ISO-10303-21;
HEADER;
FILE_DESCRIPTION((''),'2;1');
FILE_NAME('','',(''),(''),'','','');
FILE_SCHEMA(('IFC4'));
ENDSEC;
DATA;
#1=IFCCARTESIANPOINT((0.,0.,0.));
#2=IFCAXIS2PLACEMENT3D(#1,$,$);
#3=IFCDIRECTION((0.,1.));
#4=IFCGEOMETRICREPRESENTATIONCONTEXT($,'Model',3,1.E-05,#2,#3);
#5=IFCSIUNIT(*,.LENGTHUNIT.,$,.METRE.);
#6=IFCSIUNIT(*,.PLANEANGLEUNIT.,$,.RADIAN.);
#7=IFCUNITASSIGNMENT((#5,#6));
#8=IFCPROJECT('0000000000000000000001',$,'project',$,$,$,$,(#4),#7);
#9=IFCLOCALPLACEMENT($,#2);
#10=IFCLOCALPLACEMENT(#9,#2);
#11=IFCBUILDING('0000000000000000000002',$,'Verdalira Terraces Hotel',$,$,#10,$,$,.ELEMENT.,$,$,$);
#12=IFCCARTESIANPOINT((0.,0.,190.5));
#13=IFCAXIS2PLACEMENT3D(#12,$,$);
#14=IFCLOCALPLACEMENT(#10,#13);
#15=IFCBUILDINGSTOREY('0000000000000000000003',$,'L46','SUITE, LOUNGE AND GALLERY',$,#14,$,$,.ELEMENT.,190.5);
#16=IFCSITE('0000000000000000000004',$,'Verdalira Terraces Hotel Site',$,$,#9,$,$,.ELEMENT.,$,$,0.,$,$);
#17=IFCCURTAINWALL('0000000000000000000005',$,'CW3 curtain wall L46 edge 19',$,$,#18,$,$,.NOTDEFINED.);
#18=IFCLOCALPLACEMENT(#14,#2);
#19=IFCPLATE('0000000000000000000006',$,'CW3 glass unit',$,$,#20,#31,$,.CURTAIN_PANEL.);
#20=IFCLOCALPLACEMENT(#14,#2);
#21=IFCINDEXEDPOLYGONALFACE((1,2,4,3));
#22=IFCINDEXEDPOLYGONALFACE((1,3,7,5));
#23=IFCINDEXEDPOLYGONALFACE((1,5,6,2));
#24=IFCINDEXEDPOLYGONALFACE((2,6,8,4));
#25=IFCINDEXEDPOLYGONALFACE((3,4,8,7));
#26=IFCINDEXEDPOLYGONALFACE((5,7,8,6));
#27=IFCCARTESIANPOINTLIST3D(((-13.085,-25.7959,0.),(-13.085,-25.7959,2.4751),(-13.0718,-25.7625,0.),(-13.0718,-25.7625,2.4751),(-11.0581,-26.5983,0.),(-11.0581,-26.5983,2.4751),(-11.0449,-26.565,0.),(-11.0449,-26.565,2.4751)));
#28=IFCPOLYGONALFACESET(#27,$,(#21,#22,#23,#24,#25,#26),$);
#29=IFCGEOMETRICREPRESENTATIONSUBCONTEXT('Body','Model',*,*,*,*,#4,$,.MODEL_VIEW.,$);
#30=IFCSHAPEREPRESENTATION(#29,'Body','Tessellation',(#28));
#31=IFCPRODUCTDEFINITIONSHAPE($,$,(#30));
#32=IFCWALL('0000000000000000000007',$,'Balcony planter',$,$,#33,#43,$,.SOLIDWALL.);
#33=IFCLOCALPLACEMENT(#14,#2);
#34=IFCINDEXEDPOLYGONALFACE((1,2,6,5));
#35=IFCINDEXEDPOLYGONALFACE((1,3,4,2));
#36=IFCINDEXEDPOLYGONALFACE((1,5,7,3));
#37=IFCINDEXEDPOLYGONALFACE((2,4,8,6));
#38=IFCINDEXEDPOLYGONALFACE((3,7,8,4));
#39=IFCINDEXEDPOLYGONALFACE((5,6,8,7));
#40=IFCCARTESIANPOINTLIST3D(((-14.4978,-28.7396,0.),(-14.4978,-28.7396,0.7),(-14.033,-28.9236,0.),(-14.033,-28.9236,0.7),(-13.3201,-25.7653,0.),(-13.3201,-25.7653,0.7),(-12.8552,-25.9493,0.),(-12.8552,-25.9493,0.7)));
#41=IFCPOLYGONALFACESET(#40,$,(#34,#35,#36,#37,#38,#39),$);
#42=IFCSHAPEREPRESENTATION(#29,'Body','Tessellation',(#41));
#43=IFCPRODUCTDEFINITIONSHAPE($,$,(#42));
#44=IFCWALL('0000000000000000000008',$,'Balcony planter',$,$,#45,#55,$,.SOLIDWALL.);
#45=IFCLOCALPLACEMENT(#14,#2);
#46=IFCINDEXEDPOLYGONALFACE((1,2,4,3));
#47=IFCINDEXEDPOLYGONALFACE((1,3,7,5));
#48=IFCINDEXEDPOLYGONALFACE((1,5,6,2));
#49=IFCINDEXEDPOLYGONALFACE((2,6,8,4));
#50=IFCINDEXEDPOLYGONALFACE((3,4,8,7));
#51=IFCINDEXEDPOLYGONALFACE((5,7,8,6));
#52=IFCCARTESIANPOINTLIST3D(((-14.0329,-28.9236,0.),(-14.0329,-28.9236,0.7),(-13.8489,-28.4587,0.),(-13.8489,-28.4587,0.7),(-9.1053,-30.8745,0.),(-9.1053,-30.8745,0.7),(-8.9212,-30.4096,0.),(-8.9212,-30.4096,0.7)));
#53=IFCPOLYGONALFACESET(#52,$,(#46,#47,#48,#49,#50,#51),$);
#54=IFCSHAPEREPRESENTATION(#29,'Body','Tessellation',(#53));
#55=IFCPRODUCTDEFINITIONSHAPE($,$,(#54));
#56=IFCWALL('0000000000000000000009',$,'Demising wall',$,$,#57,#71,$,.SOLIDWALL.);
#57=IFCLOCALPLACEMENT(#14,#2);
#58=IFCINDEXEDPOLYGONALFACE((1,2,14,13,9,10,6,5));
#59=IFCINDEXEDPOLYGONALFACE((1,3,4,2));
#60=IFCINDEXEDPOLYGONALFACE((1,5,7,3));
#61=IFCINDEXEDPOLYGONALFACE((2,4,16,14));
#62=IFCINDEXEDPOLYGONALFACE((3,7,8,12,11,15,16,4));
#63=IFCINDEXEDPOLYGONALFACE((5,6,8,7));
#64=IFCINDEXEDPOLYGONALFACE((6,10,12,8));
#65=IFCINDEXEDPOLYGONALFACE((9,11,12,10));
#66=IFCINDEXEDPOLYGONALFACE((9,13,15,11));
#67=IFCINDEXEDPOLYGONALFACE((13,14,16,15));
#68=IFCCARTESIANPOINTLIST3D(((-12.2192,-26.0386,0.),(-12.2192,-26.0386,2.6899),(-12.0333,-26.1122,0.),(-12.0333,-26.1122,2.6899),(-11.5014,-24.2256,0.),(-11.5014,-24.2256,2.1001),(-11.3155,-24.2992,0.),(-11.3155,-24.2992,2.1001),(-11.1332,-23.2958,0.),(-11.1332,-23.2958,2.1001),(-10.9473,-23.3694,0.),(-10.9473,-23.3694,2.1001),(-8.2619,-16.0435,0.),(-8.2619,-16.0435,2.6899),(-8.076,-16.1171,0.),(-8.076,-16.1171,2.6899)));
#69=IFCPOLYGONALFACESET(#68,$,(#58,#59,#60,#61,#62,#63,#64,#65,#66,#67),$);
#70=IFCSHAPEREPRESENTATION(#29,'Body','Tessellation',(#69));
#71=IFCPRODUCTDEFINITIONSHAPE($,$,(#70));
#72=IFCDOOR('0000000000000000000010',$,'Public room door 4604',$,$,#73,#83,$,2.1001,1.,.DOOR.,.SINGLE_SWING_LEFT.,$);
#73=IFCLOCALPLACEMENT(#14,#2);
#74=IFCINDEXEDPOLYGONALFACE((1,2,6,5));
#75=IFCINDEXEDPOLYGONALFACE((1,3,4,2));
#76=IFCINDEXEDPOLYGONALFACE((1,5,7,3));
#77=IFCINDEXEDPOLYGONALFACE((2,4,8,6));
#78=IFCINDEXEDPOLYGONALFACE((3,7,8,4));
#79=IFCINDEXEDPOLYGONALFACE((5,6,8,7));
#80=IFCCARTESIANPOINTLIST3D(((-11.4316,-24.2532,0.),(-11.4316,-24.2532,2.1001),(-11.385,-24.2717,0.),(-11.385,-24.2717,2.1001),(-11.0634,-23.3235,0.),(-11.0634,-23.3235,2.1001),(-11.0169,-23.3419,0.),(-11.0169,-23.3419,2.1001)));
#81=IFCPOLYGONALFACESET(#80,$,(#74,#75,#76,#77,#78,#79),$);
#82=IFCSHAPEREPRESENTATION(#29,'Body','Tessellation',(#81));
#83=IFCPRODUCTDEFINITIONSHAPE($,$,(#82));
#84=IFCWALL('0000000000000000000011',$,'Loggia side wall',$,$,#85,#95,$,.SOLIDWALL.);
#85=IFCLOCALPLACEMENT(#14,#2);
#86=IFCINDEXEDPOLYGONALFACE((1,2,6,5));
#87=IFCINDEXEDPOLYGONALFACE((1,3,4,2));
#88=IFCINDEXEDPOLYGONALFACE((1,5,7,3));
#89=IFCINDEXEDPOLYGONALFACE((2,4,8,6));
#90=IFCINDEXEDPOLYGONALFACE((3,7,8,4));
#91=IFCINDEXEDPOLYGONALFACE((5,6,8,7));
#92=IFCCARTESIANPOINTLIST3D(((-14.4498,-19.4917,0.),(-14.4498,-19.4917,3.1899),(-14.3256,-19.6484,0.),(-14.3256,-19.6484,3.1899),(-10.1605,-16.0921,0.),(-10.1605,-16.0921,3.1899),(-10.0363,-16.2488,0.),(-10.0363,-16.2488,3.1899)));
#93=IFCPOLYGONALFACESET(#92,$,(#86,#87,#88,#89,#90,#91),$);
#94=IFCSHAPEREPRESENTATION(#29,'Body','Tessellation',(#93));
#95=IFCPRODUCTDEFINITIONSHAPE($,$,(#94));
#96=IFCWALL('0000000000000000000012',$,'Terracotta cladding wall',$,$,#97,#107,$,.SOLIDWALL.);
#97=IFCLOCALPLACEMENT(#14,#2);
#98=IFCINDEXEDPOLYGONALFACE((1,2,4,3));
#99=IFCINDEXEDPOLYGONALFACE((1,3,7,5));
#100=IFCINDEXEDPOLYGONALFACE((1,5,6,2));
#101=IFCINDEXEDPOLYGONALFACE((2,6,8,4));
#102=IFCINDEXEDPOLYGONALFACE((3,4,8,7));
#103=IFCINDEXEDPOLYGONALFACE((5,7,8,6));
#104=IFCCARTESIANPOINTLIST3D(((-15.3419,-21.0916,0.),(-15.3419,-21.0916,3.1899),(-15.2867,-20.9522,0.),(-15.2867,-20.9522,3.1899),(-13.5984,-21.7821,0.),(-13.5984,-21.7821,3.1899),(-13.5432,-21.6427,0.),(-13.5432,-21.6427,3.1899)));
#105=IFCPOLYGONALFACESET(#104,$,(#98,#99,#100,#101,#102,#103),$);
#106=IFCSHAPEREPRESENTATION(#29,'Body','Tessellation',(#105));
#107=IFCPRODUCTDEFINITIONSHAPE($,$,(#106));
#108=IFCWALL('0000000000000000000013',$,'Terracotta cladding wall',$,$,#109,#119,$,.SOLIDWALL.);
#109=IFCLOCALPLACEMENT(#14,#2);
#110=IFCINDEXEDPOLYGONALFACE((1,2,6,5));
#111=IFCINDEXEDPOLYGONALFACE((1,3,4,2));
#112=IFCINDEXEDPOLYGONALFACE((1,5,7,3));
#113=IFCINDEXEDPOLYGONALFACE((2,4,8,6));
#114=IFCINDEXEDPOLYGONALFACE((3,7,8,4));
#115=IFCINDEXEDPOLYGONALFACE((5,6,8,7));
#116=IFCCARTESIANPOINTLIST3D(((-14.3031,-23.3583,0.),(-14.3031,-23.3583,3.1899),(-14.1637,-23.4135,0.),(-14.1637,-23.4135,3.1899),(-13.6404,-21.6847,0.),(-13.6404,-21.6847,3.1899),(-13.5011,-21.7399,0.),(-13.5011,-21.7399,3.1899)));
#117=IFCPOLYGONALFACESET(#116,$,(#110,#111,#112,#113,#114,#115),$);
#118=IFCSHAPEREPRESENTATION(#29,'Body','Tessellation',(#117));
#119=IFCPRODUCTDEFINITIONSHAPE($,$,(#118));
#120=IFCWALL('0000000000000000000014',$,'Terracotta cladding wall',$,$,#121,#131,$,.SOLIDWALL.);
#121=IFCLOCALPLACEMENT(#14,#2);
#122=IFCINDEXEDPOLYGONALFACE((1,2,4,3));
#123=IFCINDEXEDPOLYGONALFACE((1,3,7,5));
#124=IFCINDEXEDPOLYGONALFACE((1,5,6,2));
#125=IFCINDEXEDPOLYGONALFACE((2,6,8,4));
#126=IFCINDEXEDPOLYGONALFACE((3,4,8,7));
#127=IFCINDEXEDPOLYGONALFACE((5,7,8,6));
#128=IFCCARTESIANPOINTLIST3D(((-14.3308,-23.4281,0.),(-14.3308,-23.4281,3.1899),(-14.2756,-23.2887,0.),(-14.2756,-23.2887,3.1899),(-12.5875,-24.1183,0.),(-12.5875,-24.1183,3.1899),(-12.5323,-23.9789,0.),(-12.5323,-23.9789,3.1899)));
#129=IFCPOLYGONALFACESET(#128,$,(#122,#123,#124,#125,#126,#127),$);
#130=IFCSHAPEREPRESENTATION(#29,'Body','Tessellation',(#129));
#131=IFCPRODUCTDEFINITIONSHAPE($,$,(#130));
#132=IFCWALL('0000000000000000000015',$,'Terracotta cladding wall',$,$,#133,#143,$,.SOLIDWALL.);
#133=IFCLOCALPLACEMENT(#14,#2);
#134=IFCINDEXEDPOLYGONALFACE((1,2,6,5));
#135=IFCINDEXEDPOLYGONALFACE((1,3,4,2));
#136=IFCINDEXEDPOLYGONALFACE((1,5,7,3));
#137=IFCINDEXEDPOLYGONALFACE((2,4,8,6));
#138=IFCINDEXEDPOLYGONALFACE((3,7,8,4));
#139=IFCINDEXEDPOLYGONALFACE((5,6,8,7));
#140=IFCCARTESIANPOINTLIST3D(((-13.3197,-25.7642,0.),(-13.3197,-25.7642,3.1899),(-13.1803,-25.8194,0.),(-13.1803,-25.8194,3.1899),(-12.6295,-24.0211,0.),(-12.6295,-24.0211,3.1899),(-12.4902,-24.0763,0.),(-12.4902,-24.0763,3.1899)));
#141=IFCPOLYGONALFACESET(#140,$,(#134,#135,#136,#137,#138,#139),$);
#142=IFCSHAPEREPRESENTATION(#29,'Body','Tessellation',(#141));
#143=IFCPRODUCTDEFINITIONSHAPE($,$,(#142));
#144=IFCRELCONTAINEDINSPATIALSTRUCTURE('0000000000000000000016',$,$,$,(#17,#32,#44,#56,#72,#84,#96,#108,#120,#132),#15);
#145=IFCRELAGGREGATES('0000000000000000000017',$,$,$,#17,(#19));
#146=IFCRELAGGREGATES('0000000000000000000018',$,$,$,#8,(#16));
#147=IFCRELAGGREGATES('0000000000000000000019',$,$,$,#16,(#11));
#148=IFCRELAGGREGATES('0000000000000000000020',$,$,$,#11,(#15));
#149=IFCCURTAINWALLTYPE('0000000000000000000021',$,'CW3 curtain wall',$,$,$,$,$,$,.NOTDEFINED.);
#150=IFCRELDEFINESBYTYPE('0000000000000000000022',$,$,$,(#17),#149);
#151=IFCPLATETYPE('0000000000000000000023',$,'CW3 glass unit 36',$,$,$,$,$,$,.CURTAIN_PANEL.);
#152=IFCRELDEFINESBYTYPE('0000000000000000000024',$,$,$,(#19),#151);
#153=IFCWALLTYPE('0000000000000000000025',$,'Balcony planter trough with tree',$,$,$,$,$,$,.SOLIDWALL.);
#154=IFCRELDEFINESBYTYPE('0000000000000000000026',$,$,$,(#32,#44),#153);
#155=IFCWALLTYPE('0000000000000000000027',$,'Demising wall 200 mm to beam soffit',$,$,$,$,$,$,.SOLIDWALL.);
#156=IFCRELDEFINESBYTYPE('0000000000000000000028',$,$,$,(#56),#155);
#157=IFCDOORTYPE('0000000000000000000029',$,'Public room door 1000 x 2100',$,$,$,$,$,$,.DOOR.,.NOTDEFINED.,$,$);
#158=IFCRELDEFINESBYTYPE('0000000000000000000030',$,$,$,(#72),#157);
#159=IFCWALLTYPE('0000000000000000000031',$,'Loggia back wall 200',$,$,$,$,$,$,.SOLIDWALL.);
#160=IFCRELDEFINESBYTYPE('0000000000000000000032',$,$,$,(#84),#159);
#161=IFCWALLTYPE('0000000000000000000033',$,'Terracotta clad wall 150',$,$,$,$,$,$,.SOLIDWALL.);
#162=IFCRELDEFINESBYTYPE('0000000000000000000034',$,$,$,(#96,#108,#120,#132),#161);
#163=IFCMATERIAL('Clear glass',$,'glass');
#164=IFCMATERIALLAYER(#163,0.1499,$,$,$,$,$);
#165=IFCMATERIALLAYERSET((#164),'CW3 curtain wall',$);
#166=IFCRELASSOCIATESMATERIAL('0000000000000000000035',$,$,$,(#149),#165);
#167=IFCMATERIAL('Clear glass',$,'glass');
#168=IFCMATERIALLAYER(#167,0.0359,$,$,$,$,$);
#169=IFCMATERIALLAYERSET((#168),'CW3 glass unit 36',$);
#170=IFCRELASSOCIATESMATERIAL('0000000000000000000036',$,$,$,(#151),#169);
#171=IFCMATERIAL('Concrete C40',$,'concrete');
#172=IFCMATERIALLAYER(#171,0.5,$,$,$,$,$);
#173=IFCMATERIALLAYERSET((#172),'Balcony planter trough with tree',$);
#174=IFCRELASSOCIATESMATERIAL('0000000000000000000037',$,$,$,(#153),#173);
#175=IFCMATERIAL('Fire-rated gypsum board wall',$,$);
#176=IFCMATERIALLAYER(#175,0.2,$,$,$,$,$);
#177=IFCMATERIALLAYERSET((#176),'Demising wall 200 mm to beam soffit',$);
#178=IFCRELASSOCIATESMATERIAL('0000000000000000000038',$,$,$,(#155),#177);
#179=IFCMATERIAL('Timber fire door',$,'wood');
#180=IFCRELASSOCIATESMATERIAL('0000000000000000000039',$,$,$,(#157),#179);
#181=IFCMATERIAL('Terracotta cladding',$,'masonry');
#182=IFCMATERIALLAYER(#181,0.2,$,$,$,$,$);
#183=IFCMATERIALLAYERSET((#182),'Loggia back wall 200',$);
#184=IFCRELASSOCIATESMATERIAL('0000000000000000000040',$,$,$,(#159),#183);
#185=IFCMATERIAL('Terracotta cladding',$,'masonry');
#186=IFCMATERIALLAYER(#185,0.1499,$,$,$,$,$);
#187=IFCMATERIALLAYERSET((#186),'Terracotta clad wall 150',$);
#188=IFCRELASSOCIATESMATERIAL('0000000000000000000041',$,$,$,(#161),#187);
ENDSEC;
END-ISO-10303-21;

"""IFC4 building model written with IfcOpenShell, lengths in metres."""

from ifc_helpers import new_model, si_unit, direction, frame, frame_2d, origin, origin_2d, place, context, subcontext, project, spatial, rectangle, extrude, material, layer, layer_set, type_object, element, fill, aggregate, save


model = new_model("IFC4")

# Units and contexts
model_context = context("Model", 3, precision=1e-05, world=origin(), true_north=direction((0.0, 1.0)))
body_context = subcontext(model_context, "Body", "Model", "MODEL_VIEW")
ifc_project = project(units=[si_unit("LENGTHUNIT", "METRE"), si_unit("PLANEANGLEUNIT", "RADIAN")], contexts=[model_context])

# Site, building, storey
site_placement = place(None, origin())
site = spatial("IfcSite", under=ifc_project, at=site_placement, Name="Verdalira Terraces Hotel Site", CompositionType="ELEMENT", RefElevation=0.0)
building_placement = place(site_placement, origin())
building = spatial("IfcBuilding", under=site, at=building_placement, Name="Verdalira Terraces Hotel", CompositionType="ELEMENT")
storey_placement = place(building_placement, frame((0.0, 0.0, 190.5)))
storey = spatial("IfcBuildingStorey", under=building, at=storey_placement, Name="L46", Description="SUITE, LOUNGE AND GALLERY", CompositionType="ELEMENT", Elevation=190.5)

# Curtain wall
ifc_material_1 = material(Name="Clear glass", Category="glass")
ifc_layer_1 = layer(ifc_material_1, 0.1499)
ifc_layer_set_1 = layer_set([ifc_layer_1], Name="CW3 curtain wall")
curtain_wall_type_1 = type_object("IfcCurtainWallType", Name="CW3 curtain wall", PredefinedType="NOTDEFINED", material=ifc_layer_set_1)
curtain_wall_1_placement = place(storey_placement, origin())
curtain_wall_1 = element("IfcCurtainWall", 1, at=curtain_wall_1_placement, inside=storey, type_object=curtain_wall_type_1, Name="CW3 curtain wall L46 edge 19", PredefinedType="NOTDEFINED")

# Plate
ifc_material_2 = material(Name="Clear glass", Category="glass")
ifc_layer_2 = layer(ifc_material_2, 0.0359)
ifc_layer_set_2 = layer_set([ifc_layer_2], Name="CW3 glass unit 36")
plate_type_1 = type_object("IfcPlateType", Name="CW3 glass unit 36", PredefinedType="CURTAIN_PANEL", material=ifc_layer_set_2)
plate_1_placement = place(storey_placement, frame((-12.0649, -26.1804, 0.0), z_axis=(0.0, 0.0, 1.0), x_axis=(0.929776, -0.368125, 0.0)))
plate_1 = element("IfcPlate", 2, at=plate_1_placement, type_object=plate_type_1, Name="CW3 glass unit", PredefinedType="CURTAIN_PANEL", context=body_context, shape_type="SweptSolid", body=[
    extrude(rectangle(XDim=2.1799, YDim=0.0359, at=origin_2d()), origin(), (0.0, 0.0, 1.0), 2.4751),
])
aggregate(curtain_wall_1, [plate_1])

# Walls
ifc_material_3 = material(Name="Concrete C40", Category="concrete")
ifc_layer_3 = layer(ifc_material_3, 0.5)
ifc_layer_set_3 = layer_set([ifc_layer_3], Name="Balcony planter trough with tree")
wall_type_1 = type_object("IfcWallType", Name="Balcony planter trough with tree", PredefinedType="SOLIDWALL", material=ifc_layer_set_3)
wall_1_placement = place(storey_placement, frame((-13.0876, -25.8572, 0.0), z_axis=(0.0, 0.0, 1.0), x_axis=(-0.368152, -0.929766, 0.0)))
element("IfcWall", 3, at=wall_1_placement, inside=storey, type_object=wall_type_1, Name="Balcony planter", PredefinedType="SOLIDWALL", context=body_context, shape_type="SweptSolid", body=[
    extrude(rectangle(XDim=3.199, YDim=0.5, at=frame_2d((1.5996, 0.0))), origin(), (0.0, 0.0, 1.0), 0.7),
])
wall_2_placement = place(storey_placement, frame((-13.9409, -28.6912, 0.0), z_axis=(0.0, 0.0, 1.0), x_axis=(0.929783, -0.368108, 0.0)))
element("IfcWall", 4, at=wall_2_placement, inside=storey, type_object=wall_type_1, Name="Balcony planter", PredefinedType="SOLIDWALL", context=body_context, shape_type="SweptSolid", body=[
    extrude(rectangle(XDim=5.2998, YDim=0.5, at=frame_2d((2.6499, 0.0))), origin(), (0.0, 0.0, 1.0), 0.7),
])

# Wall, opening, door
ifc_material_4 = material(Name="Fire-rated gypsum board wall")
ifc_layer_4 = layer(ifc_material_4, 0.2)
ifc_layer_set_4 = layer_set([ifc_layer_4], Name="Demising wall 200 mm to beam soffit")
wall_type_2 = type_object("IfcWallType", Name="Demising wall 200 mm to beam soffit", PredefinedType="SOLIDWALL", material=ifc_layer_set_4)
wall_3_placement = place(storey_placement, frame((-12.1262, -26.0754, 0.0), z_axis=(0.0, 0.0, 1.0), x_axis=(0.368119, 0.929779, 0.0)))
wall_3 = element("IfcWall", 5, at=wall_3_placement, inside=storey, type_object=wall_type_2, Name="Demising wall", PredefinedType="SOLIDWALL", context=body_context, shape_type="SweptSolid", body=[
    extrude(rectangle(XDim=10.75, YDim=0.2, at=frame_2d((5.375, 0.0))), origin(), (0.0, 0.0, 1.0), 2.6899),
])
opening_1_placement = place(wall_3_placement, frame((1.95, 0.0, 0.0)))
opening_1 = element("IfcOpeningElement", 6, at=opening_1_placement, cuts=wall_3, PredefinedType="OPENING", context=body_context, shape_type="SweptSolid", body=[
    extrude(rectangle(XDim=1.0, YDim=2.1001, at=frame_2d((0.5, 1.05))), frame((0.0, 0.1099, 0.0), z_axis=(0.0, -1.0, 0.0), x_axis=(1.0, 0.0, 0.0)), (0.0, 0.0, 1.0), 0.22),
])
ifc_material_5 = material(Name="Timber fire door", Category="wood")
door_type_1 = type_object("IfcDoorType", Name="Public room door 1000 x 2100", OperationType="NOTDEFINED", PredefinedType="DOOR", material=ifc_material_5)
door_1_placement = place(opening_1_placement, origin())
door_1 = element("IfcDoor", 7, at=door_1_placement, inside=storey, type_object=door_type_1, Name="Public room door 4604", OperationType="SINGLE_SWING_LEFT", OverallHeight=2.1001, OverallWidth=1.0, PredefinedType="DOOR", context=body_context, shape_type="SweptSolid", body=[
    extrude(rectangle(XDim=1.0, YDim=2.1001, at=frame_2d((0.5, 1.05))), frame((0.0, 0.0249, 0.0), z_axis=(0.0, -1.0, 0.0), x_axis=(1.0, 0.0, 0.0)), (0.0, 0.0, 1.0), 0.05),
])
fill(opening_1, door_1)

# Walls
ifc_material_6 = material(Name="Terracotta cladding", Category="masonry")
ifc_layer_5 = layer(ifc_material_6, 0.2)
ifc_layer_set_5 = layer_set([ifc_layer_5], Name="Loggia back wall 200")
wall_type_3 = type_object("IfcWallType", Name="Loggia back wall 200", PredefinedType="SOLIDWALL", material=ifc_layer_set_5)
wall_4_placement = place(storey_placement, frame((-14.3877, -19.5701, 0.0), z_axis=(0.0, 0.0, 1.0), x_axis=(0.783694, 0.621147, 0.0)))
element("IfcWall", 8, at=wall_4_placement, inside=storey, type_object=wall_type_3, Name="Loggia side wall", PredefinedType="SOLIDWALL", context=body_context, shape_type="SweptSolid", body=[
    extrude(rectangle(XDim=5.4731, YDim=0.2, at=frame_2d((2.7366, 0.0))), origin(), (0.0, 0.0, 1.0), 3.1899),
])
ifc_material_7 = material(Name="Terracotta cladding", Category="masonry")
ifc_layer_6 = layer(ifc_material_7, 0.1499)
ifc_layer_set_6 = layer_set([ifc_layer_6], Name="Terracotta clad wall 150")
wall_type_4 = type_object("IfcWallType", Name="Terracotta clad wall 150", PredefinedType="SOLIDWALL", material=ifc_layer_set_6)
wall_5_placement = place(storey_placement, frame((-15.3142, -21.022, 0.0), z_axis=(0.0, 0.0, 1.0), x_axis=(0.929746, -0.368201, 0.0)))
element("IfcWall", 9, at=wall_5_placement, inside=storey, type_object=wall_type_4, Name="Terracotta cladding wall", PredefinedType="SOLIDWALL", context=body_context, shape_type="SweptSolid", body=[
    extrude(rectangle(XDim=1.8752, YDim=0.1499, at=frame_2d((0.9375, 0.0))), origin(), (0.0, 0.0, 1.0), 3.1899),
])
wall_6_placement = place(storey_placement, frame((-13.5708, -21.7124, 0.0), z_axis=(0.0, 0.0, 1.0), x_axis=(-0.368114, -0.929781, 0.0)))
element("IfcWall", 10, at=wall_6_placement, inside=storey, type_object=wall_type_4, Name="Terracotta cladding wall", PredefinedType="SOLIDWALL", context=body_context, shape_type="SweptSolid", body=[
    extrude(rectangle(XDim=1.8, YDim=0.1499, at=frame_2d((0.8999, 0.0))), origin(), (0.0, 0.0, 1.0), 3.1899),
])
wall_7_placement = place(storey_placement, frame((-14.3032, -23.3584, 0.0), z_axis=(0.0, 0.0, 1.0), x_axis=(0.929791, -0.368088, 0.0)))
element("IfcWall", 11, at=wall_7_placement, inside=storey, type_object=wall_type_4, Name="Terracotta cladding wall", PredefinedType="SOLIDWALL", context=body_context, shape_type="SweptSolid", body=[
    extrude(rectangle(XDim=1.875, YDim=0.1499, at=frame_2d((0.9375, 0.0))), origin(), (0.0, 0.0, 1.0), 3.1899),
])
wall_8_placement = place(storey_placement, frame((-12.5598, -24.0486, 0.0), z_axis=(0.0, 0.0, 1.0), x_axis=(-0.368133, -0.929773, 0.0)))
element("IfcWall", 12, at=wall_8_placement, inside=storey, type_object=wall_type_4, Name="Terracotta cladding wall", PredefinedType="SOLIDWALL", context=body_context, shape_type="SweptSolid", body=[
    extrude(rectangle(XDim=1.8748, YDim=0.1499, at=frame_2d((0.9375, 0.0))), origin(), (0.0, 0.0, 1.0), 3.1899),
])

save(model, "model.ifc")
